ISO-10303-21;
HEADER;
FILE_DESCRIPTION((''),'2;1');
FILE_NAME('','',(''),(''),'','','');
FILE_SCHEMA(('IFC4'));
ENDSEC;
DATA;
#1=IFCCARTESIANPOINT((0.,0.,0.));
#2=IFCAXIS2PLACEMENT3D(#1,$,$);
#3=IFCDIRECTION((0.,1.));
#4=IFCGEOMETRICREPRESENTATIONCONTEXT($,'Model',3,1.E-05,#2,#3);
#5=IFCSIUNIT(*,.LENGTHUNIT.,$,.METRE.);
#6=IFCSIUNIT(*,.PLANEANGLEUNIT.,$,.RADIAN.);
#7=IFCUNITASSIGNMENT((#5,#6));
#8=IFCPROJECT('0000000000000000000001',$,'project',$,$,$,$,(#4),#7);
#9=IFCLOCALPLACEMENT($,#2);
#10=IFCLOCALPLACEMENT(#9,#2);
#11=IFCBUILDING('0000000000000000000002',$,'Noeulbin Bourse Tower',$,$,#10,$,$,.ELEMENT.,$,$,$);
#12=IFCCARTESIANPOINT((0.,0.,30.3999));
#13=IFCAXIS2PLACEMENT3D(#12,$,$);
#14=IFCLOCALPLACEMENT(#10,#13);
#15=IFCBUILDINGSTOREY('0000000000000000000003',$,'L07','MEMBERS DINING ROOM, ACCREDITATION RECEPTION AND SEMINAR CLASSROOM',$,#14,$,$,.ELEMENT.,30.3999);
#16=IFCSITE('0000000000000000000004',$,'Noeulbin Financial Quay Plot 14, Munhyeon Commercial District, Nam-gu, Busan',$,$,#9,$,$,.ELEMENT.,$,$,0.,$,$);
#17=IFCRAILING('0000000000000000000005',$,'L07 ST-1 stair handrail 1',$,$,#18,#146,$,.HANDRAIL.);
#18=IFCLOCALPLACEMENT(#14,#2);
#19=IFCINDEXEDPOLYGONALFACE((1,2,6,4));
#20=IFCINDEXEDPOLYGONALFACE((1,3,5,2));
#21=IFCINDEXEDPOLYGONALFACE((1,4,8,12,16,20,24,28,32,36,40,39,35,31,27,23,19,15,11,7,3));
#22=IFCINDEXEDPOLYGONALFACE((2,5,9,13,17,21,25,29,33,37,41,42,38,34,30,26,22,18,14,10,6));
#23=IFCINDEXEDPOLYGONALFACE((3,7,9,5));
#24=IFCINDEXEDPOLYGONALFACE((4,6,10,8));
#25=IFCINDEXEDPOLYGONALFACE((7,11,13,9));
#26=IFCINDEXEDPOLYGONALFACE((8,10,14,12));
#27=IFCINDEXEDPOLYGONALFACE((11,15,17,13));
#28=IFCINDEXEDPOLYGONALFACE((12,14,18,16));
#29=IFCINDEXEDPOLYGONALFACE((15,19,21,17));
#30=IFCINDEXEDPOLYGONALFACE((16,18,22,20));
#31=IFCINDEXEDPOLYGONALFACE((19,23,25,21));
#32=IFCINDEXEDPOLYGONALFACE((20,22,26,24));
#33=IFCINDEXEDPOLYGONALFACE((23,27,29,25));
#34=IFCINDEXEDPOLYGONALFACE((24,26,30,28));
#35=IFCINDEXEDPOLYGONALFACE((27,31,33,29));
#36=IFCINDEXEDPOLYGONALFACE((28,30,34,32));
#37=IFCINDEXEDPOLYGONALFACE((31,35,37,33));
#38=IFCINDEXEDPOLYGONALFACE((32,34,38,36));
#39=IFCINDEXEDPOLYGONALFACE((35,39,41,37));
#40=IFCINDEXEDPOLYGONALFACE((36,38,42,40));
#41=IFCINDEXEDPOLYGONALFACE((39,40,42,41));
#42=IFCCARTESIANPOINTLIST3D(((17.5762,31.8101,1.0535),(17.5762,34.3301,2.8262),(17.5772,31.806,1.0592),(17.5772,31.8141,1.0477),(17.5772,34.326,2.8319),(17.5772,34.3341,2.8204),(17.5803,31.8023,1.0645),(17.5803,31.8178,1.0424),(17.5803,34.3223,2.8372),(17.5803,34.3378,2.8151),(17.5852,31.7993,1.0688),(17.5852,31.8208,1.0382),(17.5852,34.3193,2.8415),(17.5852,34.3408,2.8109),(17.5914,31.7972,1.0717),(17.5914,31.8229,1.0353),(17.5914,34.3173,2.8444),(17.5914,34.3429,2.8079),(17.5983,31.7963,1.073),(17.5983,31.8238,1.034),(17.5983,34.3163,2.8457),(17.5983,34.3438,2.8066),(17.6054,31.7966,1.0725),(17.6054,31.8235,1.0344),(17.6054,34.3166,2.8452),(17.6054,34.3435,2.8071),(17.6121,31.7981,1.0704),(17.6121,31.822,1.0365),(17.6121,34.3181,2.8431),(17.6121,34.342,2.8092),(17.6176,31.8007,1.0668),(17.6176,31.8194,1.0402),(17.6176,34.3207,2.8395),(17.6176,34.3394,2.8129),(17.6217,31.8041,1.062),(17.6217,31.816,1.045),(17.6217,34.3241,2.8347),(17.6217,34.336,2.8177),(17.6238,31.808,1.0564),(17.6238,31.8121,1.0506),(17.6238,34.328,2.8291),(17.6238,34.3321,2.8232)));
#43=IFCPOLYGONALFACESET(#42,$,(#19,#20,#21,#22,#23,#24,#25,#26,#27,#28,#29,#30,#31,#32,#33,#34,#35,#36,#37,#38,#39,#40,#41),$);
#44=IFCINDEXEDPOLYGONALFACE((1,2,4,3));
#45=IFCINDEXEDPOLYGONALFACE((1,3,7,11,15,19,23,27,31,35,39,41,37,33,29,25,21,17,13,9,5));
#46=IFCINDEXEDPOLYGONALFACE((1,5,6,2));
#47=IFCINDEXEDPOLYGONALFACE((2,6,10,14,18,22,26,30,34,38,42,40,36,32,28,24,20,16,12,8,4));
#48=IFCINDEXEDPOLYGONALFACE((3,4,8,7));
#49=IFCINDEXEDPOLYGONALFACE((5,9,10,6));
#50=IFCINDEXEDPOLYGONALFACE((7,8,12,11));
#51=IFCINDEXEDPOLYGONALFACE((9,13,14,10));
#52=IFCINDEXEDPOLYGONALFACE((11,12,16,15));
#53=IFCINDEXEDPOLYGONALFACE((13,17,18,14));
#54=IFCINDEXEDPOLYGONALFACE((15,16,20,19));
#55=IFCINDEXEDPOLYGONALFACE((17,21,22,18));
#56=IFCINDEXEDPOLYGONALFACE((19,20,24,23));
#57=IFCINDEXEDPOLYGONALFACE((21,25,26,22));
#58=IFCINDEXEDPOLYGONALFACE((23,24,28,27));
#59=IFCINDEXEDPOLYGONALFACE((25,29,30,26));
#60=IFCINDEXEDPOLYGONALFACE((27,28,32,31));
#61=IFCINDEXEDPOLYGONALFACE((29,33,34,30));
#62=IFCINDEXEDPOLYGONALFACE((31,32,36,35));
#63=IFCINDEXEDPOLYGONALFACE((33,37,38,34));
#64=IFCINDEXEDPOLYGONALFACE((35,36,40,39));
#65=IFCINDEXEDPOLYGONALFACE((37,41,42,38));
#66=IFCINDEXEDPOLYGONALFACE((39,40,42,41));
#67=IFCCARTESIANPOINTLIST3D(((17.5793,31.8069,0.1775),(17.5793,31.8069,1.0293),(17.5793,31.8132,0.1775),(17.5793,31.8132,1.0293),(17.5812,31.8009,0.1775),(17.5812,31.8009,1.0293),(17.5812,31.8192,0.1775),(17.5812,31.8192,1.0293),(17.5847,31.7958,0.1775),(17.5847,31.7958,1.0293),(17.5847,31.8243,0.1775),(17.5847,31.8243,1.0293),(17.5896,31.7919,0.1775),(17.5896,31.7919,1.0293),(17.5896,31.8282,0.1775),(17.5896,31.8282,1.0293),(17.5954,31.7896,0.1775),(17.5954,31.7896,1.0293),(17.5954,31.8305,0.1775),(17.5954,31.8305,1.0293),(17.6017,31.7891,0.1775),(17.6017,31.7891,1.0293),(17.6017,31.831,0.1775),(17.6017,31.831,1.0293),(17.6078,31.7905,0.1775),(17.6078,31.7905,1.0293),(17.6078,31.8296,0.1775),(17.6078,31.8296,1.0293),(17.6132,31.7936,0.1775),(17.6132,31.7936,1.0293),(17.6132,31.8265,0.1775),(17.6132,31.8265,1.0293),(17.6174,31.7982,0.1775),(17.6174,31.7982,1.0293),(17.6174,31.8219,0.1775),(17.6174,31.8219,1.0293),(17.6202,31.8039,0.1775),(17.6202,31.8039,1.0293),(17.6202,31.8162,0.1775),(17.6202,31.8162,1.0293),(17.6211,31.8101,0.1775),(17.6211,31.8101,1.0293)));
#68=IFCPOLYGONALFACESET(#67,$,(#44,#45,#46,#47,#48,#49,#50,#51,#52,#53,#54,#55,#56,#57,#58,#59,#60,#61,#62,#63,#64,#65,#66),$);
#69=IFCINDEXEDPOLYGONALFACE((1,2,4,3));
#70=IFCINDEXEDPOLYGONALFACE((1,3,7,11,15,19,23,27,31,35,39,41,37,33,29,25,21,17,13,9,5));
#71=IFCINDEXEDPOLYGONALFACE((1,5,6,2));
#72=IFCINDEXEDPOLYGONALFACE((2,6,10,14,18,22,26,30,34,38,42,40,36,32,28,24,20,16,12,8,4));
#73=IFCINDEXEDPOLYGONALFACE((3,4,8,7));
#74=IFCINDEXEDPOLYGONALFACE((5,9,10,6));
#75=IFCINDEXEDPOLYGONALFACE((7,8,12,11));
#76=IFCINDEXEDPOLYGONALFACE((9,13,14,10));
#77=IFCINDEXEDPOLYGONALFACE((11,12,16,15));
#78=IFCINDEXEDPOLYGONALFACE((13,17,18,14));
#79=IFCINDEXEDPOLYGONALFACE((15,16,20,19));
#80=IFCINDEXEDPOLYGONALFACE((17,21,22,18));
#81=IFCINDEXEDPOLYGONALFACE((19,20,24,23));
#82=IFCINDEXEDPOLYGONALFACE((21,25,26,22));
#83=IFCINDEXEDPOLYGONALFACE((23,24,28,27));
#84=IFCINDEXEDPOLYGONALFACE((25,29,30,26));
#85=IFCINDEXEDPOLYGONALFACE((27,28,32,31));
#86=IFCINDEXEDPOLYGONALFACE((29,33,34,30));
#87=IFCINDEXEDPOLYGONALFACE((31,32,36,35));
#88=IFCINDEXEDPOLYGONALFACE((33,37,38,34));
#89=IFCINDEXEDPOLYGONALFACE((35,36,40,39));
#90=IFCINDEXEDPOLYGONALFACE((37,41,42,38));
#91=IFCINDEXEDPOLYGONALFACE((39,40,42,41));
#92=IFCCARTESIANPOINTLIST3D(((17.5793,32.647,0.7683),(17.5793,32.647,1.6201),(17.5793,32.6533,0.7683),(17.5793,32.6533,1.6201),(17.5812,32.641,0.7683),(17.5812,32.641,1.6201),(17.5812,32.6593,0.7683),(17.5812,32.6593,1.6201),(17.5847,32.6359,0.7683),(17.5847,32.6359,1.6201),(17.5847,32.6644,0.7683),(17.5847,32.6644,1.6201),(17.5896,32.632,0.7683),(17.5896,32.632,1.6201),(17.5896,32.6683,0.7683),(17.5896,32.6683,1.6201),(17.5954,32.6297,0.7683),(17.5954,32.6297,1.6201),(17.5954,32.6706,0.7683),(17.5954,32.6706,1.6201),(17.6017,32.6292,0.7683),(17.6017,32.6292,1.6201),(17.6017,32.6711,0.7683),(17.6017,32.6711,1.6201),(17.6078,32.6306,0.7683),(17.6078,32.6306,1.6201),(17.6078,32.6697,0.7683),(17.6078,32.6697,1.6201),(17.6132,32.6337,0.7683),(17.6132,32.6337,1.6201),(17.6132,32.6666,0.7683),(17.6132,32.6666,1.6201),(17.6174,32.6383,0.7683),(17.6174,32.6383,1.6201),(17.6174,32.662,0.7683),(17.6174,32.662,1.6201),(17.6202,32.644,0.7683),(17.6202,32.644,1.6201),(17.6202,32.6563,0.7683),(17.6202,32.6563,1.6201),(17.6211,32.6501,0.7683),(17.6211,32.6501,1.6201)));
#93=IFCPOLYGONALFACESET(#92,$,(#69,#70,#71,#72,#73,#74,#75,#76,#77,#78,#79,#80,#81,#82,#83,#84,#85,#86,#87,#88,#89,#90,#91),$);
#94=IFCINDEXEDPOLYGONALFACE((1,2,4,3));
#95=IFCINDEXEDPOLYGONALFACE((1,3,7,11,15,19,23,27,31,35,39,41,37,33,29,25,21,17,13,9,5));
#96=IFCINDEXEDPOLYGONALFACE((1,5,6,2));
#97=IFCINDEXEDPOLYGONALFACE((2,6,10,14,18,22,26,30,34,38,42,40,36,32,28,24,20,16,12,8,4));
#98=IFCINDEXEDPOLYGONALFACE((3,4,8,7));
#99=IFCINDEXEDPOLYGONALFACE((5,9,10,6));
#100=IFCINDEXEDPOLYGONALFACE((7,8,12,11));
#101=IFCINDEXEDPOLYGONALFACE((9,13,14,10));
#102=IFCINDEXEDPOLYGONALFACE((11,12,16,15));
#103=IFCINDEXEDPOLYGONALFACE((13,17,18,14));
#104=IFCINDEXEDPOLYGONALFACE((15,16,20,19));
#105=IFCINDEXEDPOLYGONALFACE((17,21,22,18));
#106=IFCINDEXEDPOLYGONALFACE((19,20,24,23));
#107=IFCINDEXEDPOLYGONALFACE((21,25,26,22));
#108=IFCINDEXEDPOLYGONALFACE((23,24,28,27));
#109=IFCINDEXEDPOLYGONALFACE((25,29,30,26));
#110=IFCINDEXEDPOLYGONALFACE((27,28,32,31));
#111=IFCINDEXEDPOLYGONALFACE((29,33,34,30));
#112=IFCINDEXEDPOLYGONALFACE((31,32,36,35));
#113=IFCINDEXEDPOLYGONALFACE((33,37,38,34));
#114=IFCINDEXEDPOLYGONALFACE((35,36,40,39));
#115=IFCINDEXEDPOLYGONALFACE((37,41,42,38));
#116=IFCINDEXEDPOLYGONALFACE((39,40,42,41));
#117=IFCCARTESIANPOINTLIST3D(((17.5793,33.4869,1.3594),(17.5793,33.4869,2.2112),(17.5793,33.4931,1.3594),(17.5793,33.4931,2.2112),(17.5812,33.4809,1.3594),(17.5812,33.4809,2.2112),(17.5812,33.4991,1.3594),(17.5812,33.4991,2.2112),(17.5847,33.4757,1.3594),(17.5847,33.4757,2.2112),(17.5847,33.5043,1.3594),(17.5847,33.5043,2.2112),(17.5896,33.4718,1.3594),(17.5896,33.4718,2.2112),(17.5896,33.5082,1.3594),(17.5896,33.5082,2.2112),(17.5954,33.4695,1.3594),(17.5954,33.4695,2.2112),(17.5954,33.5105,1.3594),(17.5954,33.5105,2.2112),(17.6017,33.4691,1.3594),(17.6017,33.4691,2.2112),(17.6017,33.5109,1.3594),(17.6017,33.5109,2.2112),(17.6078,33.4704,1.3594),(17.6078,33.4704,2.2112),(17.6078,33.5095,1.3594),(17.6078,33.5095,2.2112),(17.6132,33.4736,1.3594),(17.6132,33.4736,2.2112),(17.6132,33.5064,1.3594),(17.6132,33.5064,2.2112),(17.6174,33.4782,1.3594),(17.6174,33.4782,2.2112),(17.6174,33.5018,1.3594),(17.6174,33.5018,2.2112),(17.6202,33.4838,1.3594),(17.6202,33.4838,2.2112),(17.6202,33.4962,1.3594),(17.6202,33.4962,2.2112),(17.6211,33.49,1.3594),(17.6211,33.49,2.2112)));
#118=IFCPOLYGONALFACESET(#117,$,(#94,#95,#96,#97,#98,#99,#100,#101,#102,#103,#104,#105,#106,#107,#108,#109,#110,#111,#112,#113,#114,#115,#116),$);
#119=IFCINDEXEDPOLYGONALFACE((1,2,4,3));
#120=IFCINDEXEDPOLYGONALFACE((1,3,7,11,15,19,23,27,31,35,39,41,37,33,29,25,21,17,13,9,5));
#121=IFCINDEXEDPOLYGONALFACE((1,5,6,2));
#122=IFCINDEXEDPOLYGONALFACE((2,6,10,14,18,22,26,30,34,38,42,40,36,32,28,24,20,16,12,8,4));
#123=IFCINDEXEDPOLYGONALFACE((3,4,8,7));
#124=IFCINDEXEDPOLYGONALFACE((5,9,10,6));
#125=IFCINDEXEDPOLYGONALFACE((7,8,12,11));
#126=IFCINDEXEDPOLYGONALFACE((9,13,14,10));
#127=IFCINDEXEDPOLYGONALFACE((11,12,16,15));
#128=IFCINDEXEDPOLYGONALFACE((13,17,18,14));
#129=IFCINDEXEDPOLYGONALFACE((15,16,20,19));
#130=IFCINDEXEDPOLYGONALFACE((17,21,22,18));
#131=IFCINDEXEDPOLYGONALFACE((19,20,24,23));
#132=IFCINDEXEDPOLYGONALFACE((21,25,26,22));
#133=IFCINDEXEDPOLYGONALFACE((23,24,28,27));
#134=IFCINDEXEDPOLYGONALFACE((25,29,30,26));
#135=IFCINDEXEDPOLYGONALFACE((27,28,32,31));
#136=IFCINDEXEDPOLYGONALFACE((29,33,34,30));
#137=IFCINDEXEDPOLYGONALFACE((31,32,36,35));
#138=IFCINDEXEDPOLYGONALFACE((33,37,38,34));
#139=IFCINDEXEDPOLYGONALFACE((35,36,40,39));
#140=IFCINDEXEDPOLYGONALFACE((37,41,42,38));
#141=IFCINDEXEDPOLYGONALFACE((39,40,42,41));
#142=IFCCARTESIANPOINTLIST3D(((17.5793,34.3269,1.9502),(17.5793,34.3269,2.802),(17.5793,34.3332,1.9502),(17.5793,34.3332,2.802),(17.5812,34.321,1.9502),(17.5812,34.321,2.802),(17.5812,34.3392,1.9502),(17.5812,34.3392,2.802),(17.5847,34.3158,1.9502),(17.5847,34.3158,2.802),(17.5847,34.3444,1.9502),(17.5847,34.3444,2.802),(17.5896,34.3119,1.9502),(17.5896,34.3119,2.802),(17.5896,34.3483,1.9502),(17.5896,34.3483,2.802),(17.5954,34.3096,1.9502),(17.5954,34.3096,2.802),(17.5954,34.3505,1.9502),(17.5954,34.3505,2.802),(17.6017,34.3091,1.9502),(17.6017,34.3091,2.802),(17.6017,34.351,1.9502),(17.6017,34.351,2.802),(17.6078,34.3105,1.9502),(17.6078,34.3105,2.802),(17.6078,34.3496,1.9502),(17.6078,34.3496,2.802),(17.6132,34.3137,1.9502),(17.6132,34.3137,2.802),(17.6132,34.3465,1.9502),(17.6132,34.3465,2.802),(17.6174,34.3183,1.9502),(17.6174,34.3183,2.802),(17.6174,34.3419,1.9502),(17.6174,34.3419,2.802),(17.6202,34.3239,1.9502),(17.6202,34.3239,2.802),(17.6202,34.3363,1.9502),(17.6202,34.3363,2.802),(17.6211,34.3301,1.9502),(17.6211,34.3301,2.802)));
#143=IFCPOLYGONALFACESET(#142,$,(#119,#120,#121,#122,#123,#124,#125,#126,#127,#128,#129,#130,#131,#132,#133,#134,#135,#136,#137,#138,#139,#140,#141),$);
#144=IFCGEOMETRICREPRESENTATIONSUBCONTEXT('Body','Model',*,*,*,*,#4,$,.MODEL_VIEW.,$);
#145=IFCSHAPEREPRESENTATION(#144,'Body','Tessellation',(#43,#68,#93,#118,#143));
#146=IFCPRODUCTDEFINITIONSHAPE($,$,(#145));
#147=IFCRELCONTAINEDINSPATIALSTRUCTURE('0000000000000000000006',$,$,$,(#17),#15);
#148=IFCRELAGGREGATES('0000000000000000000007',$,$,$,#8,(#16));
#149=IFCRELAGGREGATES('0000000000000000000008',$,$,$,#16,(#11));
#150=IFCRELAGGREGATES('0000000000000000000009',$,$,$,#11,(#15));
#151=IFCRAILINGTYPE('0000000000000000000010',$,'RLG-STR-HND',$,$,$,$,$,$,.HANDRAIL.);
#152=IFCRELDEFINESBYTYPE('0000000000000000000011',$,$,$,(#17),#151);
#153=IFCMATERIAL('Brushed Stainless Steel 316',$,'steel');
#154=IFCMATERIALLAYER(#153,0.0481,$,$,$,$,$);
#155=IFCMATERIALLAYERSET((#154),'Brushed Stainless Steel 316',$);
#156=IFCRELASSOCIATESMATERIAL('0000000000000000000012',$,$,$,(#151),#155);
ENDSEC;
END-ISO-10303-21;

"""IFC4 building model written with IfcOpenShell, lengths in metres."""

from ifc_helpers import new_model, si_unit, direction, frame, origin, origin_2d, place, context, subcontext, project, spatial, circle, extrude, material, layer, layer_set, type_object, element, save


model = new_model("IFC4")

# Units and contexts
model_context = context("Model", 3, precision=1e-05, world=origin(), true_north=direction((0.0, 1.0)))
body_context = subcontext(model_context, "Body", "Model", "MODEL_VIEW")
ifc_project = project(units=[si_unit("LENGTHUNIT", "METRE"), si_unit("PLANEANGLEUNIT", "RADIAN")], contexts=[model_context])

# Site, building, storey
site_placement = place(None, origin())
site = spatial("IfcSite", under=ifc_project, at=site_placement, Name="Noeulbin Financial Quay Plot 14, Munhyeon Commercial District, Nam-gu, Busan", CompositionType="ELEMENT", RefElevation=0.0)
building_placement = place(site_placement, origin())
building = spatial("IfcBuilding", under=site, at=building_placement, Name="Noeulbin Bourse Tower", CompositionType="ELEMENT")
storey_placement = place(building_placement, frame((0.0, 0.0, 30.3999)))
storey = spatial("IfcBuildingStorey", under=building, at=storey_placement, Name="L07", Description="MEMBERS DINING ROOM, ACCREDITATION RECEPTION AND SEMINAR CLASSROOM", CompositionType="ELEMENT", Elevation=30.3999)

# Shared definitions
ifc_material_1 = material(Name="Brushed Stainless Steel 316", Category="steel")

# Railing
ifc_layer_1 = layer(ifc_material_1, 0.0481)
ifc_layer_set_1 = layer_set([ifc_layer_1], Name="Brushed Stainless Steel 316")
railing_type_1 = type_object("IfcRailingType", Name="RLG-STR-HND", PredefinedType="HANDRAIL", material=ifc_layer_set_1)
railing_1_placement = place(storey_placement, frame((17.6001, 31.8101, 0.1775)))
element("IfcRailing", 1, at=railing_1_placement, inside=storey, type_object=railing_type_1, Name="L07 ST-1 stair handrail 1", PredefinedType="HANDRAIL", context=body_context, shape_type="SweptSolid", body=[
    extrude(circle(Radius=0.0239, at=origin_2d()), frame((0.0, 0.0, 0.876), z_axis=(0.0, 0.817904, 0.575354), x_axis=(-1.0, 0.0, 0.0)), (0.0, 0.0, 1.0), 3.0811),
    extrude(circle(Radius=0.021, at=origin_2d()), origin(), (0.0, 0.0, 1.0), 0.8518),
    extrude(circle(Radius=0.021, at=origin_2d()), frame((0.0, 0.8401, 0.5908)), (0.0, 0.0, 1.0), 0.8518),
    extrude(circle(Radius=0.021, at=origin_2d()), frame((0.0, 1.6799, 1.1819)), (0.0, 0.0, 1.0), 0.8518),
    extrude(circle(Radius=0.021, at=origin_2d()), frame((0.0, 2.52, 1.7727)), (0.0, 0.0, 1.0), 0.8518),
])

save(model, "model.ifc")
